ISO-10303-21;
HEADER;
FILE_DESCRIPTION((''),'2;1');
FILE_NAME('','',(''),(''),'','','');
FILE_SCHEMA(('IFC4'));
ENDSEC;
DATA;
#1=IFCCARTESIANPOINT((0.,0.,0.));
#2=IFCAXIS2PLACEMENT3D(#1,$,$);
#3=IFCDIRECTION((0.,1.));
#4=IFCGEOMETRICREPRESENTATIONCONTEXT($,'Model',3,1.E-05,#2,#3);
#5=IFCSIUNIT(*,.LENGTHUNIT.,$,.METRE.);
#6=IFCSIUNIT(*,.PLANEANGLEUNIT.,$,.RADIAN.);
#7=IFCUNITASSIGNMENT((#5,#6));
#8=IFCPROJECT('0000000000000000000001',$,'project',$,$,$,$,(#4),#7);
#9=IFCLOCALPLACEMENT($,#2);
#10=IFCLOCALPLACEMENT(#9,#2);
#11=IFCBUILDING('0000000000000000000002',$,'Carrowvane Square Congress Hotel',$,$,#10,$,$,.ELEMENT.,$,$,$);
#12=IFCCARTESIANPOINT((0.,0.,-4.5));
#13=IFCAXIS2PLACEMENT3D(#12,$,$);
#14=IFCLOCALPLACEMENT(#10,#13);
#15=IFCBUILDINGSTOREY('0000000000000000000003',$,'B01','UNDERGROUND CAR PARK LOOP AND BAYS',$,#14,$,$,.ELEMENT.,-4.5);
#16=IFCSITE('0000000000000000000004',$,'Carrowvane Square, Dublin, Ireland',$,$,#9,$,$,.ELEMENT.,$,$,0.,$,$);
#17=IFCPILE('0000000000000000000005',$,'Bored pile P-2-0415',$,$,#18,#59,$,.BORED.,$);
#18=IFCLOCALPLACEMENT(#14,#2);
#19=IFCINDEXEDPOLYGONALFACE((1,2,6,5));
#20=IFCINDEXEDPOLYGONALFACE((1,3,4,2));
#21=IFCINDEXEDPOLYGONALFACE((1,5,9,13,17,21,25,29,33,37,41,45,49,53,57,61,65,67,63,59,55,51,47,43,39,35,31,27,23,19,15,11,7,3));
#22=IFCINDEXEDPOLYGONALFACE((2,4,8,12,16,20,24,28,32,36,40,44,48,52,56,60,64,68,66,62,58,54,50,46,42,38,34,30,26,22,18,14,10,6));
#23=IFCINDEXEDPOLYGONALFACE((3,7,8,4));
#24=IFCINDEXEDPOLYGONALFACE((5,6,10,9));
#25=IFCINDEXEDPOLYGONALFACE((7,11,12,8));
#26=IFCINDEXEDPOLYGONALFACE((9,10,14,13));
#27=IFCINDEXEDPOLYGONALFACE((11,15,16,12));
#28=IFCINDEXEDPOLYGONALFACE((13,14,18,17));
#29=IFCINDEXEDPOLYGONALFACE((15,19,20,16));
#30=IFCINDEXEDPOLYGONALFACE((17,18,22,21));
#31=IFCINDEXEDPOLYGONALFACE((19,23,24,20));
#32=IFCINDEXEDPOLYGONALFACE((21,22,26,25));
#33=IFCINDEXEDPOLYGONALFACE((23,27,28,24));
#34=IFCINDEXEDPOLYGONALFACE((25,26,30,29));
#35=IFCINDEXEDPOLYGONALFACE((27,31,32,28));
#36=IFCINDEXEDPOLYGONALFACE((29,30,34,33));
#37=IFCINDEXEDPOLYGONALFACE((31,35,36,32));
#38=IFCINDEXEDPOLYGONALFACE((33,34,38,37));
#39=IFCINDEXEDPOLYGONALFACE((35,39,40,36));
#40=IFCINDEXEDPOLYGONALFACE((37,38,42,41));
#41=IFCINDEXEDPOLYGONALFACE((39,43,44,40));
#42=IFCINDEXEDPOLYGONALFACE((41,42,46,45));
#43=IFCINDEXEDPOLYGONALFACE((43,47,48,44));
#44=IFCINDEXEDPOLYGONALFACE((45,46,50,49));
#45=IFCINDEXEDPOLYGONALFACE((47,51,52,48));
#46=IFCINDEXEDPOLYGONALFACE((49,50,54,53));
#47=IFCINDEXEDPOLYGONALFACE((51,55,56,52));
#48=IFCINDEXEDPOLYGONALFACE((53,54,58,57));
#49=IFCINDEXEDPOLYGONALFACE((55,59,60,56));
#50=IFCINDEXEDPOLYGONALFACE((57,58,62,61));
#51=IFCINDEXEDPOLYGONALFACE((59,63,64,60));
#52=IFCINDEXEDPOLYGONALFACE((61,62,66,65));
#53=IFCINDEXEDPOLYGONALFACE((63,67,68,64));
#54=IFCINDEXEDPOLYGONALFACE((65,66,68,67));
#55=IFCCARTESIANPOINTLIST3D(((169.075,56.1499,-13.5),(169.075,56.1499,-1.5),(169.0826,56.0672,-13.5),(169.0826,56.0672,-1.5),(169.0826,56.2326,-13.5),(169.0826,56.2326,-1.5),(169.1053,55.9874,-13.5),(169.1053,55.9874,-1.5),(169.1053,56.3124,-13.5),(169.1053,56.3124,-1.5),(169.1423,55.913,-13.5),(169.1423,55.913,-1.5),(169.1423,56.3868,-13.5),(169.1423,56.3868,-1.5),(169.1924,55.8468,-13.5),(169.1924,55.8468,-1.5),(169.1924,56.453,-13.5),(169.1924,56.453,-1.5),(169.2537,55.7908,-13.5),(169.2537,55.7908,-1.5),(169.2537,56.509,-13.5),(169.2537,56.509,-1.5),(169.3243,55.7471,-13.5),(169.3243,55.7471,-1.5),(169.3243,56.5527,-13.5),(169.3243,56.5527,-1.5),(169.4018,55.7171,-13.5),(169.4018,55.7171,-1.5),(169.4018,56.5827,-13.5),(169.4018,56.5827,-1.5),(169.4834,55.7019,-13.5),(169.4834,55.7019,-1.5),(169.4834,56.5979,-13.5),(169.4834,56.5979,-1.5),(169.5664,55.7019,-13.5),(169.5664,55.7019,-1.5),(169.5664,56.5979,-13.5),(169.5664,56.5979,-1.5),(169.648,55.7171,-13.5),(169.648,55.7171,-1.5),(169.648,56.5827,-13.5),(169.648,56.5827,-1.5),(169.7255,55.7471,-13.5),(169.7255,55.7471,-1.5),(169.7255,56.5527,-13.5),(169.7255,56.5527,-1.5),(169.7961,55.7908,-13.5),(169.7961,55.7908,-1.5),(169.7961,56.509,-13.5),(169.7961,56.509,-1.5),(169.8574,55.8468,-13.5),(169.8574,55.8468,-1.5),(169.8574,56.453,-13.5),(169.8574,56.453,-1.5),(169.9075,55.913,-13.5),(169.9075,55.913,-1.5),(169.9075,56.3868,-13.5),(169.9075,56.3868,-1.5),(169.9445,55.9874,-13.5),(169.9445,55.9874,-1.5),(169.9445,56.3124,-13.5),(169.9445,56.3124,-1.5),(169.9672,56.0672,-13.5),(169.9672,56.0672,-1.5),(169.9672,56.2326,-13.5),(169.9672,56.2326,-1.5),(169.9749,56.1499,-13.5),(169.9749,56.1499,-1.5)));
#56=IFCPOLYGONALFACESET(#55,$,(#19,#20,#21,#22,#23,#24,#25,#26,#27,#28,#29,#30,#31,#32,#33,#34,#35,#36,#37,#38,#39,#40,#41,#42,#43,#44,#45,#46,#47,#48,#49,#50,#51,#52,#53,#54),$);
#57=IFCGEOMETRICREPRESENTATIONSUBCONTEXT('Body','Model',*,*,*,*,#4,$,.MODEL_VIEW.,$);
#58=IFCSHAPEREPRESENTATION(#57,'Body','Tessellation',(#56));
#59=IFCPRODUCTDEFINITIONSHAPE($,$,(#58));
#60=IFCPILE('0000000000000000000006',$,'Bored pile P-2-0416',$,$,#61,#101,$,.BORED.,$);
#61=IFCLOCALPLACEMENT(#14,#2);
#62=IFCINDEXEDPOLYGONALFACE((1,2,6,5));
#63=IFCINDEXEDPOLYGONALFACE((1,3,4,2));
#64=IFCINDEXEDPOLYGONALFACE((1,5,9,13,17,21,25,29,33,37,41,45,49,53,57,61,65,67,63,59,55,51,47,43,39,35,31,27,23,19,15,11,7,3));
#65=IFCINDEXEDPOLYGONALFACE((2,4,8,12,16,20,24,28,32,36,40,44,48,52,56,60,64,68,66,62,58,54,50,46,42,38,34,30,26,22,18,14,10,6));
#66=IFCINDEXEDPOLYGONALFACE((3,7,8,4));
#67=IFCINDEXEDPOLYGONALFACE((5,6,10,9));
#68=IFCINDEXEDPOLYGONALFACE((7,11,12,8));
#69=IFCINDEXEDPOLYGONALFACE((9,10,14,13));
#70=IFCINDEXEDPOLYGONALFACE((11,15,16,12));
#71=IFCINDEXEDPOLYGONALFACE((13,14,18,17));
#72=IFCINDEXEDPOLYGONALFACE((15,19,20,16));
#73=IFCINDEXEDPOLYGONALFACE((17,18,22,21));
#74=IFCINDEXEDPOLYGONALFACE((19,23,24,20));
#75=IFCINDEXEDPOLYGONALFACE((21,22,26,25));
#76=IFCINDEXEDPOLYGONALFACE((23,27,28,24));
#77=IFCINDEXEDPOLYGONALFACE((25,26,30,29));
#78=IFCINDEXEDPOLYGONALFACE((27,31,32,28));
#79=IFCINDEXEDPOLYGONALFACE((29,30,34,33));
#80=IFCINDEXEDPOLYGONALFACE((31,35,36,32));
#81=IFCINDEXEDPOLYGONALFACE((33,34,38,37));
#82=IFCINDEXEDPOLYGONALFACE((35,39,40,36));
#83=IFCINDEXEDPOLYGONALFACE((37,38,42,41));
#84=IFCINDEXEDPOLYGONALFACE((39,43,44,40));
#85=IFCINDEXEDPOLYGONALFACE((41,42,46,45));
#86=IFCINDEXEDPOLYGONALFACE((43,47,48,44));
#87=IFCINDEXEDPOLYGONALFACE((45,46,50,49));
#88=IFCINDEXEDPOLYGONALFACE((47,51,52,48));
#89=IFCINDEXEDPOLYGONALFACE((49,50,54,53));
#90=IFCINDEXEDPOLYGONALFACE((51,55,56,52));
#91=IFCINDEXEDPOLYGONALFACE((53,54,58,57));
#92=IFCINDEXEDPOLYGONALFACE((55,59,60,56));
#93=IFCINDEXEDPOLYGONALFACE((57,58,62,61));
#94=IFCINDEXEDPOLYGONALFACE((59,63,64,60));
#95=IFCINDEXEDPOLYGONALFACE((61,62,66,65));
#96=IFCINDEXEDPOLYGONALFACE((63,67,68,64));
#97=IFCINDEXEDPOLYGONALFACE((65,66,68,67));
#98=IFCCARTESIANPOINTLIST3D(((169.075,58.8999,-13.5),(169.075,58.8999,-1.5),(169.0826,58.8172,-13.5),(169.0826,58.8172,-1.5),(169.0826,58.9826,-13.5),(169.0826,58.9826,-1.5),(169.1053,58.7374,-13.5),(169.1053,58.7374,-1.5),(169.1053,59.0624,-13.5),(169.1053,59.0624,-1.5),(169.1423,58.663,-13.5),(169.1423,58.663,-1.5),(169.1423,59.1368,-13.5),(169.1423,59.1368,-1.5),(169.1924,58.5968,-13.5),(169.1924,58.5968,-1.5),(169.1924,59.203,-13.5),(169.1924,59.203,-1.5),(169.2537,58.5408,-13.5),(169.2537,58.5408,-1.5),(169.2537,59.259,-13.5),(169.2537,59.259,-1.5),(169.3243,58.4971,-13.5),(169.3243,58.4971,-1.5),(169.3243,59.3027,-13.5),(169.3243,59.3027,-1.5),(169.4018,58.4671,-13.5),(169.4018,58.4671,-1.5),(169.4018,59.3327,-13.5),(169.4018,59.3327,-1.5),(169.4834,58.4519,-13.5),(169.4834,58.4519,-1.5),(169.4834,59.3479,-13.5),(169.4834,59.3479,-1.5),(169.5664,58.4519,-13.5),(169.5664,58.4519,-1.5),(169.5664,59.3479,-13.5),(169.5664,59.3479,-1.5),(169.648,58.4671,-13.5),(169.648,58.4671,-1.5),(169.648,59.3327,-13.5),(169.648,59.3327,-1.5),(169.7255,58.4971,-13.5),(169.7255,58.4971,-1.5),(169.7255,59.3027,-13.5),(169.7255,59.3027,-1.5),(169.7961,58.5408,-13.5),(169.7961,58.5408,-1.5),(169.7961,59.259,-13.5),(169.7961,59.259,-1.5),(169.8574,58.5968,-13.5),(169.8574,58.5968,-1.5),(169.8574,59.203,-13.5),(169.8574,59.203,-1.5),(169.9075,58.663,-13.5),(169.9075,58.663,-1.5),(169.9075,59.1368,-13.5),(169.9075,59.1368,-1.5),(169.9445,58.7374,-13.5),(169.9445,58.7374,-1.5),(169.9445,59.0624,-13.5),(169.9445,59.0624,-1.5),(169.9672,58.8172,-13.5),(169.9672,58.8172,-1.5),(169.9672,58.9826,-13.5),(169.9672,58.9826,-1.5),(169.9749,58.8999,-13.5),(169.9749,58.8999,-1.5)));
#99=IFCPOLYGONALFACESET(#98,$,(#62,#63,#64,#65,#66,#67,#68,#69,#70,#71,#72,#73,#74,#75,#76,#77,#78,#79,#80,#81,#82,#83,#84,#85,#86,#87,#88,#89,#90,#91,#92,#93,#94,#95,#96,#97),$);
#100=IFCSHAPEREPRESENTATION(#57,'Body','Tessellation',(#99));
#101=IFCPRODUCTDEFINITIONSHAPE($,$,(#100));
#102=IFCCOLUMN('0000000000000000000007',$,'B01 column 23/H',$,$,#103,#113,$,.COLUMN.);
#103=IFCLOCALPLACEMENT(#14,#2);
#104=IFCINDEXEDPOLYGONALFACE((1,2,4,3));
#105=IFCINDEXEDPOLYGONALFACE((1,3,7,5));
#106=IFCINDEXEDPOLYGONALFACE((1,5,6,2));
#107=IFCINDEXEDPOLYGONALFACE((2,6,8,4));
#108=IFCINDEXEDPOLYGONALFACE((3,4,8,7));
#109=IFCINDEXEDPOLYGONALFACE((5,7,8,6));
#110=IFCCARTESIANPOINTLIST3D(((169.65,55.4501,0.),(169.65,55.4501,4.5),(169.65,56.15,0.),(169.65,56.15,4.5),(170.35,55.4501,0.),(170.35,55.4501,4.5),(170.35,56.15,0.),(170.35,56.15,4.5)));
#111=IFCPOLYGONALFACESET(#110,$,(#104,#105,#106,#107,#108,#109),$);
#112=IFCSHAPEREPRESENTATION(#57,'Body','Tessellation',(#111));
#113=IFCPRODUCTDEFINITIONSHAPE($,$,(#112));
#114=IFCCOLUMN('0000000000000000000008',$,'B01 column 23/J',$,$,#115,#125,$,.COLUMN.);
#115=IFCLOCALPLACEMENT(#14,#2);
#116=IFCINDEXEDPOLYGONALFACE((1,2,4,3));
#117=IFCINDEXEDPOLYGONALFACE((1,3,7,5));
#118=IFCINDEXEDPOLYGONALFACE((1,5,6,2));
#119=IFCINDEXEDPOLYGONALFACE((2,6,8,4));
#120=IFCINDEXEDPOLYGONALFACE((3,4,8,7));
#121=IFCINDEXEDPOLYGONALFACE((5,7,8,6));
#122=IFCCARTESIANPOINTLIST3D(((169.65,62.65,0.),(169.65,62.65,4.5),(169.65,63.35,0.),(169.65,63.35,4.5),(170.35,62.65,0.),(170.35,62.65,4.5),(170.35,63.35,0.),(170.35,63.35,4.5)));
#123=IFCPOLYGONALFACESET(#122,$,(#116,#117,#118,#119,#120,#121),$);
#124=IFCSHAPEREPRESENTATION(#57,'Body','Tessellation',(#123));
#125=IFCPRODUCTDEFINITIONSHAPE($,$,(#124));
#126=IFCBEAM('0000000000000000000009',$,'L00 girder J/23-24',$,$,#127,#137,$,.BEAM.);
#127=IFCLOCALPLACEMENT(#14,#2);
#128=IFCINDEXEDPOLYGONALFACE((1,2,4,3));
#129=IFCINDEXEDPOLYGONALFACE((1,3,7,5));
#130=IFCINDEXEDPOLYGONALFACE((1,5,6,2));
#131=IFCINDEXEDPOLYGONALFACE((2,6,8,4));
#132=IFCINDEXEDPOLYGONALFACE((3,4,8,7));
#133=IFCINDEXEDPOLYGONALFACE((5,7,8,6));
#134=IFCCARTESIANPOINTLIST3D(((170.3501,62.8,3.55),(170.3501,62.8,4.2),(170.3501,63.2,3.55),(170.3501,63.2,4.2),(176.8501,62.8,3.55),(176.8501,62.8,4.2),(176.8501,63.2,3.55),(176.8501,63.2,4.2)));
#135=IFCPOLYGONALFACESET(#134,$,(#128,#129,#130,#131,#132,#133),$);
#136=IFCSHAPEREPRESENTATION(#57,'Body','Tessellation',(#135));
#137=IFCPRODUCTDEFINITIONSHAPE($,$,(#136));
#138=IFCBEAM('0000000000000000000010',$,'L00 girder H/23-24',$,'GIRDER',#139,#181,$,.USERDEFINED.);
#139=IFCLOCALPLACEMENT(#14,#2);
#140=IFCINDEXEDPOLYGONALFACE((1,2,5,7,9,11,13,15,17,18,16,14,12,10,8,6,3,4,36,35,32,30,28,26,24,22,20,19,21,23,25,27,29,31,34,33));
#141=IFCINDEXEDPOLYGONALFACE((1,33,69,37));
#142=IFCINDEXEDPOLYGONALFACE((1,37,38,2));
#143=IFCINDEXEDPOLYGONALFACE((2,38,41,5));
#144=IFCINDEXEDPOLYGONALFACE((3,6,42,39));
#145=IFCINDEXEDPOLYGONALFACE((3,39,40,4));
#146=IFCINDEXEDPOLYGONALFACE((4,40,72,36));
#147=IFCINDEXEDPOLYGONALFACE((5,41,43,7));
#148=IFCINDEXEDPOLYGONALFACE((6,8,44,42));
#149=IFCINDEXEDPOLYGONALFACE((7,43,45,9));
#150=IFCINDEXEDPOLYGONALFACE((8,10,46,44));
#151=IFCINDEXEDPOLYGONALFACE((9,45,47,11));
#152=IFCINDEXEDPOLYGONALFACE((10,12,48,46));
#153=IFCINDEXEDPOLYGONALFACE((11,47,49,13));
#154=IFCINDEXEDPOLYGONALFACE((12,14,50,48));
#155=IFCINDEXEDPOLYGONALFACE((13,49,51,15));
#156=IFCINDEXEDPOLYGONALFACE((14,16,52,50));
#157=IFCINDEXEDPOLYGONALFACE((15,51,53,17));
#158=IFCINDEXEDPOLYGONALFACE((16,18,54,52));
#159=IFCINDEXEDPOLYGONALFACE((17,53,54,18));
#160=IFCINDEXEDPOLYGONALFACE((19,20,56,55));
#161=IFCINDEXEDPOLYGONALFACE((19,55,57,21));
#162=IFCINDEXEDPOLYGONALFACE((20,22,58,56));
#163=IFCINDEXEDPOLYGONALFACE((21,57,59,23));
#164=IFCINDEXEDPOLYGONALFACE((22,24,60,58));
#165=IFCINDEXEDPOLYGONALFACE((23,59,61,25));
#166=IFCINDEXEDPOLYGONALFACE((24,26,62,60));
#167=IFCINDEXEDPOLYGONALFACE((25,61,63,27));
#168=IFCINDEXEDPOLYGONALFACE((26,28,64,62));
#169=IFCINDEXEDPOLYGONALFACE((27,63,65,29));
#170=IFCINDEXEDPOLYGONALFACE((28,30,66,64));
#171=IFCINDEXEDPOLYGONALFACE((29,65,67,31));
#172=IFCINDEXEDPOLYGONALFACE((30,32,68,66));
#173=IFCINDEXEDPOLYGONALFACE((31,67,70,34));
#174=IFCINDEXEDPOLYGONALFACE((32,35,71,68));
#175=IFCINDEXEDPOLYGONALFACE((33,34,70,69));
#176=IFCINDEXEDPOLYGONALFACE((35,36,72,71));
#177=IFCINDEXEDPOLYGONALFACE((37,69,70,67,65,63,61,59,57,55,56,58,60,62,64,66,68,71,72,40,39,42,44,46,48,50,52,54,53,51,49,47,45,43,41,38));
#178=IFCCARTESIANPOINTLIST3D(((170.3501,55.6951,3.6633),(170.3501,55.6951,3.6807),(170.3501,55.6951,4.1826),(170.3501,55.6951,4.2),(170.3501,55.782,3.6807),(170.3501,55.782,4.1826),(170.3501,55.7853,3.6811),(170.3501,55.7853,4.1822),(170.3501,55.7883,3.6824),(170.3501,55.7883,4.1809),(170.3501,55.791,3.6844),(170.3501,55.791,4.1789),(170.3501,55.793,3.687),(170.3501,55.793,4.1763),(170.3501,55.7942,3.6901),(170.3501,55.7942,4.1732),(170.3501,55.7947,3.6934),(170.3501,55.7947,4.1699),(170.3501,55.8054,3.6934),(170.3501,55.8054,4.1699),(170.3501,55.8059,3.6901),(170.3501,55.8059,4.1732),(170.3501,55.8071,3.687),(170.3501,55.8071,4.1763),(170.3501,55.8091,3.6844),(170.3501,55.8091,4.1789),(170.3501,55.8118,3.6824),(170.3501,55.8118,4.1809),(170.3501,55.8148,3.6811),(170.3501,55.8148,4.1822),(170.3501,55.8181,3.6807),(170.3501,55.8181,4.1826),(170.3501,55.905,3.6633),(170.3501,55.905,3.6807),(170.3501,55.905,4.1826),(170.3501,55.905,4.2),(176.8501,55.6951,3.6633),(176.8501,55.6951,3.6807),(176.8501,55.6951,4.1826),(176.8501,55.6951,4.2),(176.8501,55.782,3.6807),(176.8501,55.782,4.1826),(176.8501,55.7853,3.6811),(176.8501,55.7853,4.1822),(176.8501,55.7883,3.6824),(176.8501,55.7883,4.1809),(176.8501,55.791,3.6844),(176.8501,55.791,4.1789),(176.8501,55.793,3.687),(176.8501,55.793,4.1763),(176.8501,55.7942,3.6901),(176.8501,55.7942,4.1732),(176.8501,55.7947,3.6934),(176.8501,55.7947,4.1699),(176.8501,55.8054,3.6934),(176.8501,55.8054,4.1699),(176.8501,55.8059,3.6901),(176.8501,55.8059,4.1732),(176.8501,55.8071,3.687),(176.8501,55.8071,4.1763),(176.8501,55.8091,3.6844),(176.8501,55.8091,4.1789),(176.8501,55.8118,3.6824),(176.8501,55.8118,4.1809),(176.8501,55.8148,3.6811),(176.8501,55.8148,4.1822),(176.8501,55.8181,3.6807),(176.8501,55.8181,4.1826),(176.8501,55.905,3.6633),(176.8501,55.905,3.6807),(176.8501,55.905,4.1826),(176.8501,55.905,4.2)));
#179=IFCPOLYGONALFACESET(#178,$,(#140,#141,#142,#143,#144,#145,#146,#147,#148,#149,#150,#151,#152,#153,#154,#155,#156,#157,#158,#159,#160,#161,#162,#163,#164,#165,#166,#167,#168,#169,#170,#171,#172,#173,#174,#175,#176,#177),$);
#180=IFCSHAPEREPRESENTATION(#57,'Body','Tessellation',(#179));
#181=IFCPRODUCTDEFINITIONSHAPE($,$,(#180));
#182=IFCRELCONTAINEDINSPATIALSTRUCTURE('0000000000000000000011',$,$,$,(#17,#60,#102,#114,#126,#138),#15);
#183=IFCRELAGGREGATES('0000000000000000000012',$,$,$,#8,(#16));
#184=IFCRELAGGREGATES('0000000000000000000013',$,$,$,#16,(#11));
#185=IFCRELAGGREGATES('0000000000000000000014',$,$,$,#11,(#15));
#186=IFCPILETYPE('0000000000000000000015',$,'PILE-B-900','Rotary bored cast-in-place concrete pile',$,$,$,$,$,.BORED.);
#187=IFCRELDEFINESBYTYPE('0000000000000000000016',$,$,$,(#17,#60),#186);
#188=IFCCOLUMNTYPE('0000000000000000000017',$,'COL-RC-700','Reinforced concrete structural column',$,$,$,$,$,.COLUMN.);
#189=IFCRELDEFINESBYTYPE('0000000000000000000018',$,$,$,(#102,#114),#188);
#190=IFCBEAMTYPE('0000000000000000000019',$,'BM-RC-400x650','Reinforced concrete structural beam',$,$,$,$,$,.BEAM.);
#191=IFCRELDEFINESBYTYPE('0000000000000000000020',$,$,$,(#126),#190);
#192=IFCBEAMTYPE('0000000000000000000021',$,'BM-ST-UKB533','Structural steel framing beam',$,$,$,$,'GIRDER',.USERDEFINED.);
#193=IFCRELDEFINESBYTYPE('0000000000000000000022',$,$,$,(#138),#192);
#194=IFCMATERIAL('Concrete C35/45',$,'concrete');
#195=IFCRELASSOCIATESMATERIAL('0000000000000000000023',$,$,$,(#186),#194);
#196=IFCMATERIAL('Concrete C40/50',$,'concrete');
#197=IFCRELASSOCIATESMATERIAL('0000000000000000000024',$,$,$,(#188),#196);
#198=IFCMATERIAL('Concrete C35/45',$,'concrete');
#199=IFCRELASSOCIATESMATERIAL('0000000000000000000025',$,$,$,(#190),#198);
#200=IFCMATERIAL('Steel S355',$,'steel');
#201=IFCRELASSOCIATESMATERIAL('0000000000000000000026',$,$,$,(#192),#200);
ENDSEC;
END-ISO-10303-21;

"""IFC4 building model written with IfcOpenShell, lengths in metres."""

from ifc_helpers import new_model, si_unit, direction, frame, origin, origin_2d, place, context, subcontext, project, spatial, rectangle, circle, i_section, extrude, material, material_profile, profile_set, type_object, element, save


model = new_model("IFC4")

# Units and contexts
model_context = context("Model", 3, precision=1e-05, world=origin(), true_north=direction((0.0, 1.0)))
body_context = subcontext(model_context, "Body", "Model", "MODEL_VIEW")
ifc_project = project(units=[si_unit("LENGTHUNIT", "METRE"), si_unit("PLANEANGLEUNIT", "RADIAN")], contexts=[model_context])

# Site, building, storey
site_placement = place(None, origin())
site = spatial("IfcSite", under=ifc_project, at=site_placement, Name="Carrowvane Square, Dublin, Ireland", CompositionType="ELEMENT", RefElevation=0.0)
building_placement = place(site_placement, origin())
building = spatial("IfcBuilding", under=site, at=building_placement, Name="Carrowvane Square Congress Hotel", CompositionType="ELEMENT")
storey_placement = place(building_placement, frame((0.0, 0.0, -4.5)))
storey = spatial("IfcBuildingStorey", under=building, at=storey_placement, Name="B01", Description="UNDERGROUND CAR PARK LOOP AND BAYS", CompositionType="ELEMENT", Elevation=-4.5)

# Piles
ifc_material_1 = material(Name="Concrete C35/45", Category="concrete")
ifc_material_profile_1 = material_profile(ifc_material_1, circle(Radius=0.45, at=origin_2d()), Name="PILE D900")
ifc_profile_set_1 = profile_set([ifc_material_profile_1], Name="Concrete C35/45")
pile_type_1 = type_object("IfcPileType", Name="PILE-B-900", Description="Rotary bored cast-in-place concrete pile", PredefinedType="BORED", material=ifc_profile_set_1)
for number, where, z_axis, x_axis, name in (
    (1, (169.5249, 56.1499, -1.5), (0.0, 0.0, -1.0), (1.0, 0.0, 0.0), "Bored pile P-2-0415"),
    (2, (169.5249, 58.8999, -1.5), (0.0, 0.0, -1.0), (1.0, 0.0, 0.0), "Bored pile P-2-0416"),
):
    element("IfcPile", number, at=place(storey_placement, frame(where, z_axis=z_axis, x_axis=x_axis)), inside=storey, type_object=pile_type_1, Name=name, PredefinedType="BORED", context=body_context, shape_type="SweptSolid", body=[
        extrude(circle(Radius=0.45, at=origin_2d()), origin(), (0.0, 0.0, 1.0), 12.0),
    ])

# Columns
ifc_material_2 = material(Name="Concrete C40/50", Category="concrete")
ifc_material_profile_2 = material_profile(ifc_material_2, rectangle(XDim=0.7, YDim=0.7, at=origin_2d()), Name="RC 700x700")
ifc_profile_set_2 = profile_set([ifc_material_profile_2], Name="Concrete C40/50")
column_type = type_object("IfcColumnType", Name="COL-RC-700", Description="Reinforced concrete structural column", PredefinedType="COLUMN", material=ifc_profile_set_2)
for number, where, z_axis, x_axis, name in (
    (3, (170.0, 55.8, 0.0), (0.0, 0.0, 1.0), (1.0, 0.0, 0.0), "B01 column 23/H"),
    (4, (170.0, 63.0, 0.0), (0.0, 0.0, 1.0), (1.0, 0.0, 0.0), "B01 column 23/J"),
):
    element("IfcColumn", number, at=place(storey_placement, frame(where, z_axis=z_axis, x_axis=x_axis)), inside=storey, type_object=column_type, Name=name, PredefinedType="COLUMN", context=body_context, shape_type="SweptSolid", body=[
        extrude(rectangle(XDim=0.7, YDim=0.7, at=origin_2d()), origin(), (0.0, 0.0, 1.0), 4.5),
    ])

# Beams
ifc_material_3 = material(Name="Concrete C35/45", Category="concrete")
ifc_material_profile_3 = material_profile(ifc_material_3, rectangle(XDim=0.3999, YDim=0.6499, at=origin_2d()), Name="RC 400x650")
ifc_profile_set_3 = profile_set([ifc_material_profile_3], Name="Concrete C35/45")
beam_type_1 = type_object("IfcBeamType", Name="BM-RC-400x650", Description="Reinforced concrete structural beam", PredefinedType="BEAM", material=ifc_profile_set_3)
beam_placement = place(storey_placement, frame((170.3501, 63.0, 3.875), z_axis=(1.0, 0.0, 0.0), x_axis=(0.0, 1.0, 0.0)))
element("IfcBeam", 5, at=beam_placement, inside=storey, type_object=beam_type_1, Name="L00 girder J/23-24", PredefinedType="BEAM", context=body_context, shape_type="SweptSolid", body=[
    extrude(rectangle(XDim=0.3999, YDim=0.6499, at=origin_2d()), origin(), (0.0, 0.0, 1.0), 6.5),
])
ifc_material_4 = material(Name="Steel S355", Category="steel")
ifc_material_profile_4 = material_profile(ifc_material_4, i_section(OverallWidth=0.21, OverallDepth=0.5366, WebThickness=0.0107, FlangeThickness=0.0173, FilletRadius=0.0127, at=origin_2d()), Name="UKB 533x210x101")
ifc_profile_set_4 = profile_set([ifc_material_profile_4], Name="Steel S355")
beam_type_2 = type_object("IfcBeamType", Name="BM-ST-UKB533", Description="Structural steel framing beam", ElementType="GIRDER", PredefinedType="USERDEFINED", material=ifc_profile_set_4)
for number, where, z_axis, x_axis, name in (
    (6, (170.3501, 55.8, 3.9316), (1.0, 0.0, 0.0), (0.0, 1.0, 0.0), "L00 girder H/23-24"),
):
    element("IfcBeam", number, at=place(storey_placement, frame(where, z_axis=z_axis, x_axis=x_axis)), inside=storey, type_object=beam_type_2, Name=name, ObjectType="GIRDER", PredefinedType="USERDEFINED", context=body_context, shape_type="SweptSolid", body=[
        extrude(i_section(OverallWidth=0.21, OverallDepth=0.5366, WebThickness=0.0107, FlangeThickness=0.0173, FilletRadius=0.0127, at=origin_2d()), origin(), (0.0, 0.0, 1.0), 6.5),
    ])

save(model, "model.ifc")
